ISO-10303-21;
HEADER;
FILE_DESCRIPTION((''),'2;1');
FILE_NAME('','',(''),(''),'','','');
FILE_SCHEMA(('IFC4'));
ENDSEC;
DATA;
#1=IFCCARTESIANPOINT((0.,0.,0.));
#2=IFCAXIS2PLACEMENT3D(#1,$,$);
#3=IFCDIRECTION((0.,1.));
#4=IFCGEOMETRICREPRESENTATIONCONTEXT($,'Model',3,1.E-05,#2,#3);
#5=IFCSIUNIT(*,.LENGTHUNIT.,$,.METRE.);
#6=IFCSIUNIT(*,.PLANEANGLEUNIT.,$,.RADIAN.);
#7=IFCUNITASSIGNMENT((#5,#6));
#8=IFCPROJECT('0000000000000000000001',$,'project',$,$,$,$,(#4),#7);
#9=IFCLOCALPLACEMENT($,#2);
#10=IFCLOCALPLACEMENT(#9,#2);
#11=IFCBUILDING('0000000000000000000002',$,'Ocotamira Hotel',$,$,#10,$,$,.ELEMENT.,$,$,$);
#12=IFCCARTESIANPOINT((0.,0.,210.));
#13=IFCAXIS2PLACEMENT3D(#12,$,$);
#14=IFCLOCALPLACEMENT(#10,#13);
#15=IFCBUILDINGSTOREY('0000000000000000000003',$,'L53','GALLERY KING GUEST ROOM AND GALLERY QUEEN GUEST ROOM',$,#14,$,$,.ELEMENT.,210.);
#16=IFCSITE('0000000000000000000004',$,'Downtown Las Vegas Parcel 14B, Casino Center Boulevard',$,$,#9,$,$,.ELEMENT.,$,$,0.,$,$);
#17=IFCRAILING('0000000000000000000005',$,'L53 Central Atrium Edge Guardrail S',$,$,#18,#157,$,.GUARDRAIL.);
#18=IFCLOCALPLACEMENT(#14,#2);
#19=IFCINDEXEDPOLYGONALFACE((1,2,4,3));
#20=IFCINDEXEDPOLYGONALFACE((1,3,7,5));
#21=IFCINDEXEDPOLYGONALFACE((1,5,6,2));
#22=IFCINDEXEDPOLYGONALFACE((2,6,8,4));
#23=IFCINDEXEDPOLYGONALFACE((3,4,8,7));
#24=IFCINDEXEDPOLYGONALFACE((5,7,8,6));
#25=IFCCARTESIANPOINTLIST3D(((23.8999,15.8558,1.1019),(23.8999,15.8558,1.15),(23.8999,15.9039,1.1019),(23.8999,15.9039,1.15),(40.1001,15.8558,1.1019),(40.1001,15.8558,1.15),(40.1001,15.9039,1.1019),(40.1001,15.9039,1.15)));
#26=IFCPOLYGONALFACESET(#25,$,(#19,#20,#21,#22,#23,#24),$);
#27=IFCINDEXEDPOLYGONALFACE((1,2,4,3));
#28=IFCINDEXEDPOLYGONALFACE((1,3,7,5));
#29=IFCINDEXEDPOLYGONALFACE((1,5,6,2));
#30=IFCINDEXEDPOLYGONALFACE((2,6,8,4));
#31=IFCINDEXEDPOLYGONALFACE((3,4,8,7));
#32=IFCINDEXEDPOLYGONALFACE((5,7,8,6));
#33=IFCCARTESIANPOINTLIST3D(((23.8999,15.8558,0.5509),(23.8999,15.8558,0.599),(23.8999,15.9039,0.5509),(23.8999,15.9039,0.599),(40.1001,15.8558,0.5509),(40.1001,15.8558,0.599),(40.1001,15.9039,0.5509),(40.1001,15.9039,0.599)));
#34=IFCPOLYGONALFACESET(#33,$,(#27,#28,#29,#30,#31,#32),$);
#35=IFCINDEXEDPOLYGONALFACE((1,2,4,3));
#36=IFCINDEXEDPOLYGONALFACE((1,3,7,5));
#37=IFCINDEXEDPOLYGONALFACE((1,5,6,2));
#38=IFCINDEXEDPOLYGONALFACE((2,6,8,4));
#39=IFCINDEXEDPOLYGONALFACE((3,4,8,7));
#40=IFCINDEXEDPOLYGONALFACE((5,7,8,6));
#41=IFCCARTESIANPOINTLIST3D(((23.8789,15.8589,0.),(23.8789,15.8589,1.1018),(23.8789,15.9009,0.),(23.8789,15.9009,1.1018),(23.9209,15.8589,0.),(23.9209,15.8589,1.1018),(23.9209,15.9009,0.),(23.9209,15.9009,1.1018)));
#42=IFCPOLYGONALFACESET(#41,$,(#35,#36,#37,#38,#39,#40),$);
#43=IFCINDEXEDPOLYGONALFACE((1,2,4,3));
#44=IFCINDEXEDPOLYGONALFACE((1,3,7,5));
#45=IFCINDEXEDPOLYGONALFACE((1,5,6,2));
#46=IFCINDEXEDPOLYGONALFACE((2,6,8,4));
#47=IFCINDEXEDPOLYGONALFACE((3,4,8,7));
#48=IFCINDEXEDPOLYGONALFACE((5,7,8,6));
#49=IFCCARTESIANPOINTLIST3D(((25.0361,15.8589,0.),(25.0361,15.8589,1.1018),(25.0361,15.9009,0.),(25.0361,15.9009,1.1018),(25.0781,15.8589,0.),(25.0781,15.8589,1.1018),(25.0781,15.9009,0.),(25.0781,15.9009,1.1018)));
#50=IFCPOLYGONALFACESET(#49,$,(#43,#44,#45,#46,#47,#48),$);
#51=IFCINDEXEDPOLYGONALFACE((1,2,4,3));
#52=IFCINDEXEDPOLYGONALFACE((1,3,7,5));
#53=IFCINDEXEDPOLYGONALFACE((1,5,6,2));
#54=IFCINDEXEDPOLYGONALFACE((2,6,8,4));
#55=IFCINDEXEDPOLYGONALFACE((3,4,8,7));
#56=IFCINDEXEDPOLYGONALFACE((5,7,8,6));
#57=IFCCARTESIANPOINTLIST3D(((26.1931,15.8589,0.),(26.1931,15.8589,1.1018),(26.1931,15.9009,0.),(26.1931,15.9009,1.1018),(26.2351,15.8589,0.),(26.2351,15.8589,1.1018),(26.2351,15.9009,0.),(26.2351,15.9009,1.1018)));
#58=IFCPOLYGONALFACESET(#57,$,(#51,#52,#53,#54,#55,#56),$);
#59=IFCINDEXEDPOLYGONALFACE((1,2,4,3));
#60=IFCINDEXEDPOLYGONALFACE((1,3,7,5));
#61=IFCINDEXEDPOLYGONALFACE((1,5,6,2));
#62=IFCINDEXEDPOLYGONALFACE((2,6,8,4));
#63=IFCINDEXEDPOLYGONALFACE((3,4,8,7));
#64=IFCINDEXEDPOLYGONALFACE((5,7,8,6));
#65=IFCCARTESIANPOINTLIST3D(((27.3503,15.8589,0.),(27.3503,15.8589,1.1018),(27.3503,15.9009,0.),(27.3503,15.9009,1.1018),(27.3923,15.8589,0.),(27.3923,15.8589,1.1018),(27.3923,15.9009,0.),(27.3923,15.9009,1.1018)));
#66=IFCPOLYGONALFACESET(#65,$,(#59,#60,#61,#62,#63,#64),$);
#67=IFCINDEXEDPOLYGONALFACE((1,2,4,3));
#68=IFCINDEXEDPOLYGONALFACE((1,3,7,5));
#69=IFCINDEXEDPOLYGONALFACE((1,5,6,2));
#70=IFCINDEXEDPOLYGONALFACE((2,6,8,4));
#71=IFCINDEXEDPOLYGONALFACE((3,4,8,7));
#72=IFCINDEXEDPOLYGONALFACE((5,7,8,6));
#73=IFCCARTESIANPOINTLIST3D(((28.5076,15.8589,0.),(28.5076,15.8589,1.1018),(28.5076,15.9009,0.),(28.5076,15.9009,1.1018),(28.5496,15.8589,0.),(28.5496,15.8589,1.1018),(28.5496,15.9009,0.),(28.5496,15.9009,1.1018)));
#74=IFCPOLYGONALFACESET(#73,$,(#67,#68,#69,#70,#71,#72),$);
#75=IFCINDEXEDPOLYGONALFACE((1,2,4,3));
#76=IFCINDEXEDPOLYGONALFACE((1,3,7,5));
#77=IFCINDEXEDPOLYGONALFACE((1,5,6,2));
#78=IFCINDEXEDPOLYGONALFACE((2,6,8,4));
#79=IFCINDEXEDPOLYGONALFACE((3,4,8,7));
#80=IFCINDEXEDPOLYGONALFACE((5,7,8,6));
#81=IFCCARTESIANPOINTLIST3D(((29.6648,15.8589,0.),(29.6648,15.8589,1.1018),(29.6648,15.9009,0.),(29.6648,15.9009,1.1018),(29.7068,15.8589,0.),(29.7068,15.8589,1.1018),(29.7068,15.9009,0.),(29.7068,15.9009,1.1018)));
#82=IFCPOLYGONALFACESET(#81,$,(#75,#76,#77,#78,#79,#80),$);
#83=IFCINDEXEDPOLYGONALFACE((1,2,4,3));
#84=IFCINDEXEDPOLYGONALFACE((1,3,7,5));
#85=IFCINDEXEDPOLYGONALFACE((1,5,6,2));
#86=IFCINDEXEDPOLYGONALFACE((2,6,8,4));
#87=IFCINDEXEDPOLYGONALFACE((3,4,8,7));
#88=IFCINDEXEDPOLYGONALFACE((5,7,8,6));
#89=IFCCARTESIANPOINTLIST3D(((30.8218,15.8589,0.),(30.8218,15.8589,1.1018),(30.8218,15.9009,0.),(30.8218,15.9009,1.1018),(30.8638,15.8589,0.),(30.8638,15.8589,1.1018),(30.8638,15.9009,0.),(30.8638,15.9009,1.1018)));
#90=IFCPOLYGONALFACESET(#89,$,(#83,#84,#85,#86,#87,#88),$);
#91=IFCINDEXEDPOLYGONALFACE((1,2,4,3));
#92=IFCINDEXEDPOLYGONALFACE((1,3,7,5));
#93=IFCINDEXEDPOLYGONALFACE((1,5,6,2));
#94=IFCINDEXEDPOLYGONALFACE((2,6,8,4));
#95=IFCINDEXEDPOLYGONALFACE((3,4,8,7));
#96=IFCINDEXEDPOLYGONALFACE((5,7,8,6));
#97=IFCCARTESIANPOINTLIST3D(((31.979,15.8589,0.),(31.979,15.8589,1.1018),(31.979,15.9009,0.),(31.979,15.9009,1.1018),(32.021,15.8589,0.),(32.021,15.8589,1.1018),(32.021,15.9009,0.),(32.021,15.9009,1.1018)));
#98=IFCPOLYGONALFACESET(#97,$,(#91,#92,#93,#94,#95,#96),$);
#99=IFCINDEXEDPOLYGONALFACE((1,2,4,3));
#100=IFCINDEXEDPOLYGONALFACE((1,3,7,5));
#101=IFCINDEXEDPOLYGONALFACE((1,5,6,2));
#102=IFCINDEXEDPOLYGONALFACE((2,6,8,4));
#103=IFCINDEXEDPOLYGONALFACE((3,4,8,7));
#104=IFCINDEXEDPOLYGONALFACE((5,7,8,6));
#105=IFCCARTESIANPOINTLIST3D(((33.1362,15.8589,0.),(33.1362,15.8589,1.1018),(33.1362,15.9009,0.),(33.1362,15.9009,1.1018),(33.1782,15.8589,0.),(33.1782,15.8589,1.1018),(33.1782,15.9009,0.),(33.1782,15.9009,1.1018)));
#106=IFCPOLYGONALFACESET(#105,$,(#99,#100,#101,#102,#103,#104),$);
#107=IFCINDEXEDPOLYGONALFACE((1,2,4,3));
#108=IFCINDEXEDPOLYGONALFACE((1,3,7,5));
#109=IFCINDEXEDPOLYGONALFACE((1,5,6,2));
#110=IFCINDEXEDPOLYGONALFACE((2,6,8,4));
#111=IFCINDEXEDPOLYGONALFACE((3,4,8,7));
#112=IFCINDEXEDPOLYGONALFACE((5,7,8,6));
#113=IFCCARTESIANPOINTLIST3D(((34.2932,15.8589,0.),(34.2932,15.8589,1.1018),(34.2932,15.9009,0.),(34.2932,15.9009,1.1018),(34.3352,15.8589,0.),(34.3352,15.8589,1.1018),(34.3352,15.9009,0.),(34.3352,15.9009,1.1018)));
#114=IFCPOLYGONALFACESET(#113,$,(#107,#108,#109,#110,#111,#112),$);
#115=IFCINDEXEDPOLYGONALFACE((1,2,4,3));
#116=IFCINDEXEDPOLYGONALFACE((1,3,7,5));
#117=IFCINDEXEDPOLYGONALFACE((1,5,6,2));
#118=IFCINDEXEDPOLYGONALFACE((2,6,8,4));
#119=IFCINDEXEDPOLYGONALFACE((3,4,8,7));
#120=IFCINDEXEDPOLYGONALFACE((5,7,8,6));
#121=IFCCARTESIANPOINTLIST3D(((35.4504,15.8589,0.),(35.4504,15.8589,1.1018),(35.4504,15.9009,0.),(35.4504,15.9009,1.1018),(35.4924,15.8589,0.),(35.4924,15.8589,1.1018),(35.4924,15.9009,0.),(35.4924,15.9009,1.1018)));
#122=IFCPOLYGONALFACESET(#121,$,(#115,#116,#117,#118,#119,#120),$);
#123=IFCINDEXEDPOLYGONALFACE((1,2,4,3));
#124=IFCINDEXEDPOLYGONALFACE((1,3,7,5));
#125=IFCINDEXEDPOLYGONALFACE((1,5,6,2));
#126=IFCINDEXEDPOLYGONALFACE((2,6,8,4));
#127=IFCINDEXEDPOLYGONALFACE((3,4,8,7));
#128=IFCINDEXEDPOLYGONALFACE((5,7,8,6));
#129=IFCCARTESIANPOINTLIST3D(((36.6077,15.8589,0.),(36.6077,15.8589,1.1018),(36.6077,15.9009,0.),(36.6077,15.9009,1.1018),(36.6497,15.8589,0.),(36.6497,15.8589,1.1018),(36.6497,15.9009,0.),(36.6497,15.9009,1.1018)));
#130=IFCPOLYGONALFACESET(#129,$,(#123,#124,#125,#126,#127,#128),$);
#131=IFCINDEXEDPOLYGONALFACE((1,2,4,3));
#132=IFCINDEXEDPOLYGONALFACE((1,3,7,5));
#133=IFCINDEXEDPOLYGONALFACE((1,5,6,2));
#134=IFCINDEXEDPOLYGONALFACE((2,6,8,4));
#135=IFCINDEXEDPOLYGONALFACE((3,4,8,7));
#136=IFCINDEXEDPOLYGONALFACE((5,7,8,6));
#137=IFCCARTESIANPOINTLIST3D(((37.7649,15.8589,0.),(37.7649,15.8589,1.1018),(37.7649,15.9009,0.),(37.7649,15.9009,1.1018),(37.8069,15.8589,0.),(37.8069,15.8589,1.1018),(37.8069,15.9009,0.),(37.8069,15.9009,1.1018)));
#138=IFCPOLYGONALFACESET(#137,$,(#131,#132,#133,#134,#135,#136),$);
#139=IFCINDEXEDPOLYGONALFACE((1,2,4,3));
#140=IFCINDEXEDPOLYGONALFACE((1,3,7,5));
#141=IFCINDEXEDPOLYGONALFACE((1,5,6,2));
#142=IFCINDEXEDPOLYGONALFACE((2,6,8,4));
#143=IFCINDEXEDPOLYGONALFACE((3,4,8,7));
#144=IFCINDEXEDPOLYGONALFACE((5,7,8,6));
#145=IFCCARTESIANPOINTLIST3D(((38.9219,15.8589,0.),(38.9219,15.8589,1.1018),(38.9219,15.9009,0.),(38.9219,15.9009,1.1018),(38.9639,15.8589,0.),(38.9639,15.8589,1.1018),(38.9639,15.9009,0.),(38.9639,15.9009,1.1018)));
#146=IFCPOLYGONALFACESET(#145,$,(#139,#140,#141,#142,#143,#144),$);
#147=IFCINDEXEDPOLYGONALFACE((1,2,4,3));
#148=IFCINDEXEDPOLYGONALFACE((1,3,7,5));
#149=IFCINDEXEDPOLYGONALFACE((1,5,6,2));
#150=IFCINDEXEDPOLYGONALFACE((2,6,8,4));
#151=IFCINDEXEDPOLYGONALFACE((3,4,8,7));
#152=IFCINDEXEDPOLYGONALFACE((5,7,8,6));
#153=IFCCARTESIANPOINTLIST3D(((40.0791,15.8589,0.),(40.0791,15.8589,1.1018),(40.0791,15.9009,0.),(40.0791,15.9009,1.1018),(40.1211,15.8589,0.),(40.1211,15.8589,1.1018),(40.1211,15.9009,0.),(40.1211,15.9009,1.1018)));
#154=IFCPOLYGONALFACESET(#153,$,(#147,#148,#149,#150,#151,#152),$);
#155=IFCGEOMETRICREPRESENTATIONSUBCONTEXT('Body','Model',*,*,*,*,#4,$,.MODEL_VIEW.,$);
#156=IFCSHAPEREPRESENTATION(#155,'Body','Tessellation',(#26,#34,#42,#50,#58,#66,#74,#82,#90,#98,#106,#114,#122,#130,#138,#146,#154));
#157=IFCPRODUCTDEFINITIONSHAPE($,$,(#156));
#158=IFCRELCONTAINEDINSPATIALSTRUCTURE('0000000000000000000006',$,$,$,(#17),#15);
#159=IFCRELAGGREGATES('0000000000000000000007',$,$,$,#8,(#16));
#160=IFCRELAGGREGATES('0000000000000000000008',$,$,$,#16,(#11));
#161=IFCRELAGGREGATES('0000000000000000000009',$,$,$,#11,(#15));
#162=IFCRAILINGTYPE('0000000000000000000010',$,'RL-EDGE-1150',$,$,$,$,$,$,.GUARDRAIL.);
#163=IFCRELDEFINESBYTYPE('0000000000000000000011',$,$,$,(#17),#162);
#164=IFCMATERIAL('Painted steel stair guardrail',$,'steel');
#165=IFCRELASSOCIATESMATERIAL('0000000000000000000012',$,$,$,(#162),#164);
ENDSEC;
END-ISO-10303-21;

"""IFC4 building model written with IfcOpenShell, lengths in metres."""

from ifc_helpers import new_model, si_unit, direction, frame, origin, origin_2d, place, context, subcontext, project, spatial, rectangle, extrude, material, type_object, element, save


model = new_model("IFC4")

# Units and contexts
model_context = context("Model", 3, precision=1e-05, world=origin(), true_north=direction((0.0, 1.0)))
body_context = subcontext(model_context, "Body", "Model", "MODEL_VIEW")
ifc_project = project(units=[si_unit("LENGTHUNIT", "METRE"), si_unit("PLANEANGLEUNIT", "RADIAN")], contexts=[model_context])

# Site, building, storey
site_placement = place(None, origin())
site = spatial("IfcSite", under=ifc_project, at=site_placement, Name="Downtown Las Vegas Parcel 14B, Casino Center Boulevard", CompositionType="ELEMENT", RefElevation=0.0)
building_placement = place(site_placement, origin())
building = spatial("IfcBuilding", under=site, at=building_placement, Name="Ocotamira Hotel", CompositionType="ELEMENT")
storey_placement = place(building_placement, frame((0.0, 0.0, 210.0)))
storey = spatial("IfcBuildingStorey", under=building, at=storey_placement, Name="L53", Description="GALLERY KING GUEST ROOM AND GALLERY QUEEN GUEST ROOM", CompositionType="ELEMENT", Elevation=210.0)

# Railing
ifc_material_1 = material(Name="Painted steel stair guardrail", Category="steel")
railing_type = type_object("IfcRailingType", Name="RL-EDGE-1150", PredefinedType="GUARDRAIL", material=ifc_material_1)
railing_1_placement = place(storey_placement, frame((23.8999, 15.8799, 0.0)))
element("IfcRailing", 1, at=railing_1_placement, inside=storey, type_object=railing_type, Name="L53 Central Atrium Edge Guardrail S", PredefinedType="GUARDRAIL", context=body_context, shape_type="SweptSolid", body=[
    extrude(rectangle(XDim=0.0481, YDim=0.0481, at=origin_2d()), frame((0.0, 0.0, 1.126), z_axis=(1.0, 0.0, 0.0), x_axis=(0.0, 1.0, 0.0)), (0.0, 0.0, 1.0), 16.2002),
    extrude(rectangle(XDim=0.0481, YDim=0.0481, at=origin_2d()), frame((0.0, 0.0, 0.575), z_axis=(1.0, 0.0, 0.0), x_axis=(0.0, 1.0, 0.0)), (0.0, 0.0, 1.0), 16.2002),
    extrude(rectangle(XDim=0.042, YDim=0.042, at=origin_2d()), origin(), (0.0, 0.0, 1.0), 1.1018),
    extrude(rectangle(XDim=0.042, YDim=0.042, at=origin_2d()), frame((1.1572, 0.0, 0.0)), (0.0, 0.0, 1.0), 1.1018),
    extrude(rectangle(XDim=0.042, YDim=0.042, at=origin_2d()), frame((2.3142, 0.0, 0.0)), (0.0, 0.0, 1.0), 1.1018),
    extrude(rectangle(XDim=0.042, YDim=0.042, at=origin_2d()), frame((3.4714, 0.0, 0.0)), (0.0, 0.0, 1.0), 1.1018),
    extrude(rectangle(XDim=0.042, YDim=0.042, at=origin_2d()), frame((4.6287, 0.0, 0.0)), (0.0, 0.0, 1.0), 1.1018),
    extrude(rectangle(XDim=0.042, YDim=0.042, at=origin_2d()), frame((5.7859, 0.0, 0.0)), (0.0, 0.0, 1.0), 1.1018),
    extrude(rectangle(XDim=0.042, YDim=0.042, at=origin_2d()), frame((6.9429, 0.0, 0.0)), (0.0, 0.0, 1.0), 1.1018),
    extrude(rectangle(XDim=0.042, YDim=0.042, at=origin_2d()), frame((8.1001, 0.0, 0.0)), (0.0, 0.0, 1.0), 1.1018),
    extrude(rectangle(XDim=0.042, YDim=0.042, at=origin_2d()), frame((9.2573, 0.0, 0.0)), (0.0, 0.0, 1.0), 1.1018),
    extrude(rectangle(XDim=0.042, YDim=0.042, at=origin_2d()), frame((10.4143, 0.0, 0.0)), (0.0, 0.0, 1.0), 1.1018),
    extrude(rectangle(XDim=0.042, YDim=0.042, at=origin_2d()), frame((11.5715, 0.0, 0.0)), (0.0, 0.0, 1.0), 1.1018),
    extrude(rectangle(XDim=0.042, YDim=0.042, at=origin_2d()), frame((12.7288, 0.0, 0.0)), (0.0, 0.0, 1.0), 1.1018),
    extrude(rectangle(XDim=0.042, YDim=0.042, at=origin_2d()), frame((13.886, 0.0, 0.0)), (0.0, 0.0, 1.0), 1.1018),
    extrude(rectangle(XDim=0.042, YDim=0.042, at=origin_2d()), frame((15.043, 0.0, 0.0)), (0.0, 0.0, 1.0), 1.1018),
    extrude(rectangle(XDim=0.042, YDim=0.042, at=origin_2d()), frame((16.2002, 0.0, 0.0)), (0.0, 0.0, 1.0), 1.1018),
])

save(model, "model.ifc")
